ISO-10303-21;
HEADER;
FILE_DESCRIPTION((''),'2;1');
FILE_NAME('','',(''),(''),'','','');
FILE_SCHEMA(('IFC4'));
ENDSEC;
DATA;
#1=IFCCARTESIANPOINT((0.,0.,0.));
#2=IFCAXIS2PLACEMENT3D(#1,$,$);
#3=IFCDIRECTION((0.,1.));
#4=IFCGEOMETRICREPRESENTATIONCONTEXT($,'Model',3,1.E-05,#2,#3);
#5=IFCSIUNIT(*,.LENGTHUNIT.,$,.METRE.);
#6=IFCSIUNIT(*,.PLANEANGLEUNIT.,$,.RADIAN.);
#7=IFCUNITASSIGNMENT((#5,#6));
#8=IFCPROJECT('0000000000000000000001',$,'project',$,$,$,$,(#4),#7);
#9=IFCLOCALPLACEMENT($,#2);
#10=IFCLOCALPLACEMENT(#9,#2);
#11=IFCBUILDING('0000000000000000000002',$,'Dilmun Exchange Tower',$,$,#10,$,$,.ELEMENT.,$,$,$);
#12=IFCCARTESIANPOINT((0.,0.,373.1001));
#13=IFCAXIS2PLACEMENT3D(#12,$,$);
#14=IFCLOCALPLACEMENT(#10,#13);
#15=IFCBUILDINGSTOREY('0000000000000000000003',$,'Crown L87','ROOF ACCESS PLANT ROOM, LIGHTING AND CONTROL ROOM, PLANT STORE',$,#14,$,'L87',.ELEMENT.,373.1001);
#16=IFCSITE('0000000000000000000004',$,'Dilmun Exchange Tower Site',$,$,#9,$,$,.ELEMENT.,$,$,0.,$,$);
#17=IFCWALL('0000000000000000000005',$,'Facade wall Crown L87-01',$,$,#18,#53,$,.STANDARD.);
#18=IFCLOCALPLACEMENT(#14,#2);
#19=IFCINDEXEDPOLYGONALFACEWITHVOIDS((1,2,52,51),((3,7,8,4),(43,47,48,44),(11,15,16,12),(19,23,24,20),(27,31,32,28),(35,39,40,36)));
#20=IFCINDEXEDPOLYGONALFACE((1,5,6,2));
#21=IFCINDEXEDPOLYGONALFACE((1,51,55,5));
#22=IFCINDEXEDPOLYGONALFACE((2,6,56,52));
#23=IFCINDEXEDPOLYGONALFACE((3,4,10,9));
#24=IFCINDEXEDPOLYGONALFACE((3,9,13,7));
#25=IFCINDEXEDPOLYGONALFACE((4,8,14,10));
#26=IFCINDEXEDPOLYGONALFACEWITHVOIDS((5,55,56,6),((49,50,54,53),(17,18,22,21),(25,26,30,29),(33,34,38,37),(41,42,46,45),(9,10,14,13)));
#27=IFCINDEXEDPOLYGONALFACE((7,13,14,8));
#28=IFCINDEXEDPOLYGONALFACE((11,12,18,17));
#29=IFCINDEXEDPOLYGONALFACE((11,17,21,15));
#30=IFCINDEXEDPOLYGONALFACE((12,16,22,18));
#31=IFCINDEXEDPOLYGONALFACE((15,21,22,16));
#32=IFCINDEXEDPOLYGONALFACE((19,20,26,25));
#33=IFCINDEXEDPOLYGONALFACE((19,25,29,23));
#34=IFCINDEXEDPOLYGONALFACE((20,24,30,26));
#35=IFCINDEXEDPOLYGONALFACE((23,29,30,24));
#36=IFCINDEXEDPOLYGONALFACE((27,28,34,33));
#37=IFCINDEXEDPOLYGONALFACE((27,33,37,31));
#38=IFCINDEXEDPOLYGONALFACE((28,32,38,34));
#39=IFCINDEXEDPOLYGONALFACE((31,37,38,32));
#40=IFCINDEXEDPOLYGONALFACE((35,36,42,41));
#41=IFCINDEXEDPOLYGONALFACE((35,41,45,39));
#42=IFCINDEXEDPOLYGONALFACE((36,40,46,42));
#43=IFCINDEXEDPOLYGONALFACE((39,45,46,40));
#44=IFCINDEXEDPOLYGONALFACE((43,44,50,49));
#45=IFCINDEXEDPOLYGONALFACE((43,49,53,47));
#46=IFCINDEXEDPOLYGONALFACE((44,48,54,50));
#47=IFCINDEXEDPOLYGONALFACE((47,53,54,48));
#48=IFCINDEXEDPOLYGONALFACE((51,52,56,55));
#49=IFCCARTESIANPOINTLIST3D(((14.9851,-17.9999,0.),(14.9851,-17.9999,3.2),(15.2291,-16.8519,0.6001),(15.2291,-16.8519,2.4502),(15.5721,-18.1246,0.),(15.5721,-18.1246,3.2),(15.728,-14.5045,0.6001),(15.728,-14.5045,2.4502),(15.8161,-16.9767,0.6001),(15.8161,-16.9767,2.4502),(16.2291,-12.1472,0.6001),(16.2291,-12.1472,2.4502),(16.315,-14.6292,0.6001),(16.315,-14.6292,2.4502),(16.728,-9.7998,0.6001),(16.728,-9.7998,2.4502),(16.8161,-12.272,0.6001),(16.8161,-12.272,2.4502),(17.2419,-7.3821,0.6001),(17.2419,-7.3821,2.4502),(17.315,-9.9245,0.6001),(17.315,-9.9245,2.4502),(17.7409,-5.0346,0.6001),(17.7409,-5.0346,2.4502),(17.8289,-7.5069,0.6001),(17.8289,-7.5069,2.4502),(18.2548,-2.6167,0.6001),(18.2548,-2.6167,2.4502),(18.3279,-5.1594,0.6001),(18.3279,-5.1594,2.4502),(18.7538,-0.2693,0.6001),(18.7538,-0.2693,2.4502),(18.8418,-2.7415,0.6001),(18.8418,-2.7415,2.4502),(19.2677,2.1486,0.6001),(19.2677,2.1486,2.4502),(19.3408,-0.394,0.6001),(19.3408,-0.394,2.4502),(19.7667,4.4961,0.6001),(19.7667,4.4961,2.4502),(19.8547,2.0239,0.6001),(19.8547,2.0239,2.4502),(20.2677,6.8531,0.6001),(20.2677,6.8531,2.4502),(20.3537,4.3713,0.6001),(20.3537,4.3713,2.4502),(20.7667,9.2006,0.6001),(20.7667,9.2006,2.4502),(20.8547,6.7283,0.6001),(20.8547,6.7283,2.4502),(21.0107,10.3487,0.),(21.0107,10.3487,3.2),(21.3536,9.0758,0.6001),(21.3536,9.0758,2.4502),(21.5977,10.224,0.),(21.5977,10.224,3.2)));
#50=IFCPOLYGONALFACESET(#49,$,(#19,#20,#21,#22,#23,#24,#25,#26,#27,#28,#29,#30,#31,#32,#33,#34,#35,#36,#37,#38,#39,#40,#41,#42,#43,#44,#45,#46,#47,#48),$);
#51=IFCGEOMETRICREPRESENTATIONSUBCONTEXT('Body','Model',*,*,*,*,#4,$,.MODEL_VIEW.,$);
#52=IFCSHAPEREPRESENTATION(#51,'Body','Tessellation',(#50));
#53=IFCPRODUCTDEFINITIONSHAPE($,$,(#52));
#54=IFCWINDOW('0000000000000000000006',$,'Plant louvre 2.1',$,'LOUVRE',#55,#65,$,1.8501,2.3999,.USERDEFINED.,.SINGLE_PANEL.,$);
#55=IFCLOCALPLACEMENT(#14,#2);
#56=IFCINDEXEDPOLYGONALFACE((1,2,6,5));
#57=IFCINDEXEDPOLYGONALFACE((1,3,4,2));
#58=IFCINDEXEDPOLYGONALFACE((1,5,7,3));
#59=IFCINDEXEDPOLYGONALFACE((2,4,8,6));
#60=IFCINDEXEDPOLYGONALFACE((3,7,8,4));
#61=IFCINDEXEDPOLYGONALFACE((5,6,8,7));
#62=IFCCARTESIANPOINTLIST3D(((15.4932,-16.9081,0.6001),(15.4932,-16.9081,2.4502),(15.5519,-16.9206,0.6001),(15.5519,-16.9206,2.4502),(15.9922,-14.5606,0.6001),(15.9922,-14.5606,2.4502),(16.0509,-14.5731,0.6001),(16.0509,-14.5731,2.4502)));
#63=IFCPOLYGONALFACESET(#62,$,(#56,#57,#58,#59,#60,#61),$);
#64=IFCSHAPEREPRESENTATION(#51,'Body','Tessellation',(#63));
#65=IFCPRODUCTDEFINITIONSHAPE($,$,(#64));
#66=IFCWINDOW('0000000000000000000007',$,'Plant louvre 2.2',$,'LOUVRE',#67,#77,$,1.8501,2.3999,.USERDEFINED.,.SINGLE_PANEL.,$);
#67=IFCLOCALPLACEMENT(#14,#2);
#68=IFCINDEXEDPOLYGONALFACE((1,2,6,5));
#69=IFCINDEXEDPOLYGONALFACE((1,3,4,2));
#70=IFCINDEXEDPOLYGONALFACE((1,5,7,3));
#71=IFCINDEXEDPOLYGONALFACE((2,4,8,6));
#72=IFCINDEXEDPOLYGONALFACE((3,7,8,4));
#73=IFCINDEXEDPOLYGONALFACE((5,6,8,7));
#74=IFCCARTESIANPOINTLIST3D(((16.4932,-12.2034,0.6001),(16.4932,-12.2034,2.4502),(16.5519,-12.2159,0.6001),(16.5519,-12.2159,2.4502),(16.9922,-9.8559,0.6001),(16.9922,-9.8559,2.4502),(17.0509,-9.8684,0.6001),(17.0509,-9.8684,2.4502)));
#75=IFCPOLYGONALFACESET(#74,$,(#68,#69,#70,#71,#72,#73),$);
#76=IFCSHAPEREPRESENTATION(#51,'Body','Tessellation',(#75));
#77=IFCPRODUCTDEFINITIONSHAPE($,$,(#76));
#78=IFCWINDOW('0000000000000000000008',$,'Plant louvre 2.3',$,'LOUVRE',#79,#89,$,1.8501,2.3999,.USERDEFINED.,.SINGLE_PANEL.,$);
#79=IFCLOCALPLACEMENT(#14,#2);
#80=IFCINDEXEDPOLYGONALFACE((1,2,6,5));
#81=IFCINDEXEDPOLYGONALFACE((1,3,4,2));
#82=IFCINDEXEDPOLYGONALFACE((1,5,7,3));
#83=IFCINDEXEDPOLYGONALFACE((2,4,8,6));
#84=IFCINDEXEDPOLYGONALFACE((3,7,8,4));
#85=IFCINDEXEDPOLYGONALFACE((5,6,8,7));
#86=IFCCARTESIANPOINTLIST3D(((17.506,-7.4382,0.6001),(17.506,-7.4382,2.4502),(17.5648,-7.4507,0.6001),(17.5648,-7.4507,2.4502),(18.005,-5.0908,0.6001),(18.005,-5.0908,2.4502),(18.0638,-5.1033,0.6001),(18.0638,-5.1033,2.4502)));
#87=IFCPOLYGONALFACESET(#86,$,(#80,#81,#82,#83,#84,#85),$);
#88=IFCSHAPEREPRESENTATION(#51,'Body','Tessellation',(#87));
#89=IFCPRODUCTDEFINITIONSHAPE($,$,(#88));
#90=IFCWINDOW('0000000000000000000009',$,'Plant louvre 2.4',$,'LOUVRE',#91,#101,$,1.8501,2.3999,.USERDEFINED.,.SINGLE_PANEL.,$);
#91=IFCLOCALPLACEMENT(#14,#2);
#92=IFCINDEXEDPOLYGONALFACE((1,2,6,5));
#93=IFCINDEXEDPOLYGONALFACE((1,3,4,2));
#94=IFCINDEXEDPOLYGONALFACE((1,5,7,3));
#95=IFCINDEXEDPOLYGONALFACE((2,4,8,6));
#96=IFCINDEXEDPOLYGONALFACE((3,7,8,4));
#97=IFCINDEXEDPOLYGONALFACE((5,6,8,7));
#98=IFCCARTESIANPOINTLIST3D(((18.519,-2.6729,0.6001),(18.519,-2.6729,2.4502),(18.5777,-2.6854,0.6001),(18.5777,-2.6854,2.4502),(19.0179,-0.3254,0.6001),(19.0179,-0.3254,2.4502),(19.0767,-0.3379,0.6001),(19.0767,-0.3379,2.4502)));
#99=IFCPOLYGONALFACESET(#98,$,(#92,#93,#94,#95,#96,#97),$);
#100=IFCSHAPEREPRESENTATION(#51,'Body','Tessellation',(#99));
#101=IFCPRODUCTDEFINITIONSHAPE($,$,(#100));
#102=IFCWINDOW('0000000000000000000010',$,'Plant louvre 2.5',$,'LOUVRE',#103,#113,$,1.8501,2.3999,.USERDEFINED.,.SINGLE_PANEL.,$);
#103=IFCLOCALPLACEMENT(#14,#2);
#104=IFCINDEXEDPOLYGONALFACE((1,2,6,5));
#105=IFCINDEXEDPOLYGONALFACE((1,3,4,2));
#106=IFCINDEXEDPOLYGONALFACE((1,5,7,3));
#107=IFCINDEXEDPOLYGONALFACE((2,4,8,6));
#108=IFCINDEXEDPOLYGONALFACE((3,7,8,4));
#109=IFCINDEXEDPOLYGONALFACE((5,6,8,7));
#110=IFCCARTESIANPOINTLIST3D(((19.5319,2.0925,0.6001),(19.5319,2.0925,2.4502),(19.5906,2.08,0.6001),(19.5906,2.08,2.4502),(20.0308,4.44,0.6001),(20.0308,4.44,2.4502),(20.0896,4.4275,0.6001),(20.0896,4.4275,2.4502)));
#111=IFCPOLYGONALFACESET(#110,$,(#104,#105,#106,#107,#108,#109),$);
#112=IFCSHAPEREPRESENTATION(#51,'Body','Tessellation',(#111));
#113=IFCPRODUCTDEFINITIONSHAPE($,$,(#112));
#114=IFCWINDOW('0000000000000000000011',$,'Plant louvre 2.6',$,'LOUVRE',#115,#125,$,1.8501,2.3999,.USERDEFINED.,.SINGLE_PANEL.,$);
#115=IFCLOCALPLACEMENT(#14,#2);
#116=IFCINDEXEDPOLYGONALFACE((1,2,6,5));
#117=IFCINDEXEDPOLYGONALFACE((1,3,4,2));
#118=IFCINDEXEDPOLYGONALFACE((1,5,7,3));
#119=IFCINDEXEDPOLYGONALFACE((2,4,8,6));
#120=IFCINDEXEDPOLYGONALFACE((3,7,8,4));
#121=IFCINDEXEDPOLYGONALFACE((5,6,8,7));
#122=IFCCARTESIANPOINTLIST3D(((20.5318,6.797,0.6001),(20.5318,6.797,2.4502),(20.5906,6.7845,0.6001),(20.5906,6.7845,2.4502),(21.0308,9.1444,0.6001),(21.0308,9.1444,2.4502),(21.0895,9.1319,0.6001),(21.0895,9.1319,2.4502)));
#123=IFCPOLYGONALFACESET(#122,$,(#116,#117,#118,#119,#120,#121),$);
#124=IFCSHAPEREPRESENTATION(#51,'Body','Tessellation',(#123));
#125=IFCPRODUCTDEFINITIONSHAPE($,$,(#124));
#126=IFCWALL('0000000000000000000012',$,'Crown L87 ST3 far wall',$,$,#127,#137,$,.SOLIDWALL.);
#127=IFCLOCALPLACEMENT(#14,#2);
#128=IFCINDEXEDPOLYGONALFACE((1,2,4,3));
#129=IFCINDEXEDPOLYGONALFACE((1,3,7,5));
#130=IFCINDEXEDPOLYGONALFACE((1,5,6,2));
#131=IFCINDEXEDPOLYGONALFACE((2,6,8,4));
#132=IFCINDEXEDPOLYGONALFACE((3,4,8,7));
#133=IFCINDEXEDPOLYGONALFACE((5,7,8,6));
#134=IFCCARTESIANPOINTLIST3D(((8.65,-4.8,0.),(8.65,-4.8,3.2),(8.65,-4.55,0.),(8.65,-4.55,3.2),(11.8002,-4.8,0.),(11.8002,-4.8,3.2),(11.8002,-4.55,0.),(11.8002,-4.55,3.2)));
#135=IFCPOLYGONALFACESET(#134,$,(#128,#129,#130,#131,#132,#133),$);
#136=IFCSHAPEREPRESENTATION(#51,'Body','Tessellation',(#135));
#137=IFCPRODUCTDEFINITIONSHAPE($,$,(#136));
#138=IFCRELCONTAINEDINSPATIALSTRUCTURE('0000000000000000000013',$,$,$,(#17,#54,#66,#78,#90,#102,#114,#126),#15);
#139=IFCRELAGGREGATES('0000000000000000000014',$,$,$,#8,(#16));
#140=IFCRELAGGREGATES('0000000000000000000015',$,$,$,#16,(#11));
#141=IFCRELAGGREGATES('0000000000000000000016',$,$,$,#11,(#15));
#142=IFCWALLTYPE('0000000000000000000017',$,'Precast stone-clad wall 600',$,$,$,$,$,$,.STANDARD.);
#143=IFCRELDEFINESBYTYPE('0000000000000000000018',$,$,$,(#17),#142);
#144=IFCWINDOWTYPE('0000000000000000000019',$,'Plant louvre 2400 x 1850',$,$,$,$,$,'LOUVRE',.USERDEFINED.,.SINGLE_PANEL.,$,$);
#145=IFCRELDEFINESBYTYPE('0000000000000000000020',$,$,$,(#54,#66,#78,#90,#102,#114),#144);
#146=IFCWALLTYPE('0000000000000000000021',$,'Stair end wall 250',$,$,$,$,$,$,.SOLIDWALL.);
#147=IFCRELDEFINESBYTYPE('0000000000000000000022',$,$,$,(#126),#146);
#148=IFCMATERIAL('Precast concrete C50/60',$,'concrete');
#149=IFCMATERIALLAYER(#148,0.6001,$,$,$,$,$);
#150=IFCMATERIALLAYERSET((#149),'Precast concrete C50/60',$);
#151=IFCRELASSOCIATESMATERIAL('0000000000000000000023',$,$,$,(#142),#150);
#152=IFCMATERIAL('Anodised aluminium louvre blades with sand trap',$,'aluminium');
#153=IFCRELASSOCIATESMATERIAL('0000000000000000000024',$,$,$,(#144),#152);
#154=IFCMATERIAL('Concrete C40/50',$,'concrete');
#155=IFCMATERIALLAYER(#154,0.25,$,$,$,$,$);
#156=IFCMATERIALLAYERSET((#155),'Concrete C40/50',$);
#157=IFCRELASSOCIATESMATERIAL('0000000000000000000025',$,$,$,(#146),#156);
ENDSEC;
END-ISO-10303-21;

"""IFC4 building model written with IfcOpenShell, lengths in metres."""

from ifc_helpers import new_model, si_unit, direction, frame, frame_2d, origin, place, context, subcontext, project, spatial, rectangle, extrude, material, layer, layer_set, type_object, element, fill, save


model = new_model("IFC4")

# Units and contexts
model_context = context("Model", 3, precision=1e-05, world=origin(), true_north=direction((0.0, 1.0)))
body_context = subcontext(model_context, "Body", "Model", "MODEL_VIEW")
ifc_project = project(units=[si_unit("LENGTHUNIT", "METRE"), si_unit("PLANEANGLEUNIT", "RADIAN")], contexts=[model_context])

# Site, building, storey
site_placement = place(None, origin())
site = spatial("IfcSite", under=ifc_project, at=site_placement, Name="Dilmun Exchange Tower Site", CompositionType="ELEMENT", RefElevation=0.0)
building_placement = place(site_placement, origin())
building = spatial("IfcBuilding", under=site, at=building_placement, Name="Dilmun Exchange Tower", CompositionType="ELEMENT")
storey_placement = place(building_placement, frame((0.0, 0.0, 373.1001)))
storey = spatial("IfcBuildingStorey", under=building, at=storey_placement, Name="Crown L87", Description="ROOF ACCESS PLANT ROOM, LIGHTING AND CONTROL ROOM, PLANT STORE", LongName="L87", CompositionType="ELEMENT", Elevation=373.1001)

# Shared definitions
ifc_material_1 = material(Name="Concrete C40/50", Category="concrete")

# Wall, openings, windows
ifc_material_2 = material(Name="Precast concrete C50/60", Category="concrete")
ifc_layer_1 = layer(ifc_material_2, 0.6001)
ifc_layer_set_1 = layer_set([ifc_layer_1], Name="Precast concrete C50/60")
wall_type_1 = type_object("IfcWallType", Name="Precast stone-clad wall 600", PredefinedType="STANDARD", material=ifc_layer_set_1)
ifc_material_3 = material(Name="Anodised aluminium louvre blades with sand trap", Category="aluminium")
wall_1_placement = place(storey_placement, frame((15.2786, -18.0623, 0.0), z_axis=(0.0, 0.0, 1.0), x_axis=(0.20791, 0.978148, 0.0)))
wall_1 = element("IfcWall", 1, at=wall_1_placement, inside=storey, type_object=wall_type_1, Name="Facade wall Crown L87-01", PredefinedType="STANDARD", context=body_context, shape_type="SweptSolid", body=[
    extrude(rectangle(XDim=28.9819, YDim=0.6001, at=frame_2d((14.491, 0.0))), origin(), (0.0, 0.0, 1.0), 3.2),
])
opening_1_placement = place(wall_1_placement, frame((1.1736, 0.0, 0.6001)))
opening_1 = element("IfcOpeningElement", 2, at=opening_1_placement, cuts=wall_1, PredefinedType="OPENING", context=body_context, shape_type="SweptSolid", body=[
    extrude(rectangle(XDim=2.3999, YDim=1.8501, at=frame_2d((1.2, 0.925))), frame((0.0, 0.3101, 0.0), z_axis=(0.0, -1.0, 0.0), x_axis=(1.0, 0.0, 0.0)), (0.0, 0.0, 1.0), 0.6201),
])
opening_2_placement = place(wall_1_placement, frame((5.9834, 0.0, 0.6001)))
opening_2 = element("IfcOpeningElement", 3, at=opening_2_placement, cuts=wall_1, PredefinedType="OPENING", context=body_context, shape_type="SweptSolid", body=[
    extrude(rectangle(XDim=2.3999, YDim=1.8501, at=frame_2d((1.2, 0.925))), frame((0.0, 0.3101, 0.0), z_axis=(0.0, -1.0, 0.0), x_axis=(1.0, 0.0, 0.0)), (0.0, 0.0, 1.0), 0.6201),
])
opening_3_placement = place(wall_1_placement, frame((10.855, 0.0, 0.6001)))
opening_3 = element("IfcOpeningElement", 4, at=opening_3_placement, cuts=wall_1, PredefinedType="OPENING", context=body_context, shape_type="SweptSolid", body=[
    extrude(rectangle(XDim=2.3999, YDim=1.8501, at=frame_2d((1.2, 0.925))), frame((0.0, 0.3101, 0.0), z_axis=(0.0, -1.0, 0.0), x_axis=(1.0, 0.0, 0.0)), (0.0, 0.0, 1.0), 0.6201),
])
opening_4_placement = place(wall_1_placement, frame((15.7268, 0.0, 0.6001)))
opening_4 = element("IfcOpeningElement", 5, at=opening_4_placement, cuts=wall_1, PredefinedType="OPENING", context=body_context, shape_type="SweptSolid", body=[
    extrude(rectangle(XDim=2.3999, YDim=1.8501, at=frame_2d((1.2, 0.925))), frame((0.0, 0.3101, 0.0), z_axis=(0.0, -1.0, 0.0), x_axis=(1.0, 0.0, 0.0)), (0.0, 0.0, 1.0), 0.6201),
])
opening_5_placement = place(wall_1_placement, frame((20.5986, 0.0, 0.6001)))
opening_5 = element("IfcOpeningElement", 6, at=opening_5_placement, cuts=wall_1, PredefinedType="OPENING", context=body_context, shape_type="SweptSolid", body=[
    extrude(rectangle(XDim=2.3999, YDim=1.8501, at=frame_2d((1.2, 0.925))), frame((0.0, 0.3101, 0.0), z_axis=(0.0, -1.0, 0.0), x_axis=(1.0, 0.0, 0.0)), (0.0, 0.0, 1.0), 0.6201),
])
opening_6_placement = place(wall_1_placement, frame((25.4082, 0.0, 0.6001)))
opening_6 = element("IfcOpeningElement", 7, at=opening_6_placement, cuts=wall_1, PredefinedType="OPENING", context=body_context, shape_type="SweptSolid", body=[
    extrude(rectangle(XDim=2.3999, YDim=1.8501, at=frame_2d((1.2, 0.925))), frame((0.0, 0.3101, 0.0), z_axis=(0.0, -1.0, 0.0), x_axis=(1.0, 0.0, 0.0)), (0.0, 0.0, 1.0), 0.6201),
])
window_type_1 = type_object("IfcWindowType", Name="Plant louvre 2400 x 1850", ElementType="LOUVRE", PartitioningType="SINGLE_PANEL", PredefinedType="USERDEFINED", material=ifc_material_3)
window_1_placement = place(opening_1_placement, origin())
window_1 = element("IfcWindow", 8, at=window_1_placement, inside=storey, type_object=window_type_1, Name="Plant louvre 2.1", ObjectType="LOUVRE", OverallHeight=1.8501, OverallWidth=2.3999, PartitioningType="SINGLE_PANEL", PredefinedType="USERDEFINED", context=body_context, shape_type="SweptSolid", body=[
    extrude(rectangle(XDim=2.3999, YDim=1.8501, at=frame_2d((1.2, 0.925))), frame((0.0, 0.03, 0.0), z_axis=(0.0, -1.0, 0.0), x_axis=(1.0, 0.0, 0.0)), (0.0, 0.0, 1.0), 0.0601),
])
fill(opening_1, window_1)
window_2_placement = place(opening_2_placement, origin())
window_2 = element("IfcWindow", 9, at=window_2_placement, inside=storey, type_object=window_type_1, Name="Plant louvre 2.2", ObjectType="LOUVRE", OverallHeight=1.8501, OverallWidth=2.3999, PartitioningType="SINGLE_PANEL", PredefinedType="USERDEFINED", context=body_context, shape_type="SweptSolid", body=[
    extrude(rectangle(XDim=2.3999, YDim=1.8501, at=frame_2d((1.2, 0.925))), frame((0.0, 0.03, 0.0), z_axis=(0.0, -1.0, 0.0), x_axis=(1.0, 0.0, 0.0)), (0.0, 0.0, 1.0), 0.0601),
])
fill(opening_2, window_2)
window_3_placement = place(opening_3_placement, origin())
window_3 = element("IfcWindow", 10, at=window_3_placement, inside=storey, type_object=window_type_1, Name="Plant louvre 2.3", ObjectType="LOUVRE", OverallHeight=1.8501, OverallWidth=2.3999, PartitioningType="SINGLE_PANEL", PredefinedType="USERDEFINED", context=body_context, shape_type="SweptSolid", body=[
    extrude(rectangle(XDim=2.3999, YDim=1.8501, at=frame_2d((1.2, 0.925))), frame((0.0, 0.03, 0.0), z_axis=(0.0, -1.0, 0.0), x_axis=(1.0, 0.0, 0.0)), (0.0, 0.0, 1.0), 0.0601),
])
fill(opening_3, window_3)
window_4_placement = place(opening_4_placement, origin())
window_4 = element("IfcWindow", 11, at=window_4_placement, inside=storey, type_object=window_type_1, Name="Plant louvre 2.4", ObjectType="LOUVRE", OverallHeight=1.8501, OverallWidth=2.3999, PartitioningType="SINGLE_PANEL", PredefinedType="USERDEFINED", context=body_context, shape_type="SweptSolid", body=[
    extrude(rectangle(XDim=2.3999, YDim=1.8501, at=frame_2d((1.2, 0.925))), frame((0.0, 0.03, 0.0), z_axis=(0.0, -1.0, 0.0), x_axis=(1.0, 0.0, 0.0)), (0.0, 0.0, 1.0), 0.0601),
])
fill(opening_4, window_4)
window_5_placement = place(opening_5_placement, origin())
window_5 = element("IfcWindow", 12, at=window_5_placement, inside=storey, type_object=window_type_1, Name="Plant louvre 2.5", ObjectType="LOUVRE", OverallHeight=1.8501, OverallWidth=2.3999, PartitioningType="SINGLE_PANEL", PredefinedType="USERDEFINED", context=body_context, shape_type="SweptSolid", body=[
    extrude(rectangle(XDim=2.3999, YDim=1.8501, at=frame_2d((1.2, 0.925))), frame((0.0, 0.03, 0.0), z_axis=(0.0, -1.0, 0.0), x_axis=(1.0, 0.0, 0.0)), (0.0, 0.0, 1.0), 0.0601),
])
fill(opening_5, window_5)
window_6_placement = place(opening_6_placement, origin())
window_6 = element("IfcWindow", 13, at=window_6_placement, inside=storey, type_object=window_type_1, Name="Plant louvre 2.6", ObjectType="LOUVRE", OverallHeight=1.8501, OverallWidth=2.3999, PartitioningType="SINGLE_PANEL", PredefinedType="USERDEFINED", context=body_context, shape_type="SweptSolid", body=[
    extrude(rectangle(XDim=2.3999, YDim=1.8501, at=frame_2d((1.2, 0.925))), frame((0.0, 0.03, 0.0), z_axis=(0.0, -1.0, 0.0), x_axis=(1.0, 0.0, 0.0)), (0.0, 0.0, 1.0), 0.0601),
])
fill(opening_6, window_6)

# Wall
ifc_layer_2 = layer(ifc_material_1, 0.25)
ifc_layer_set_2 = layer_set([ifc_layer_2], Name="Concrete C40/50")
wall_type_2 = type_object("IfcWallType", Name="Stair end wall 250", PredefinedType="SOLIDWALL", material=ifc_layer_set_2)
wall_2_placement = place(storey_placement, frame((8.6499, -4.675, 0.0), z_axis=(0.0, 0.0, 1.0), x_axis=(1.0, 0.0, 0.0)))
element("IfcWall", 14, at=wall_2_placement, inside=storey, type_object=wall_type_2, Name="Crown L87 ST3 far wall", PredefinedType="SOLIDWALL", context=body_context, shape_type="SweptSolid", body=[
    extrude(rectangle(XDim=3.1501, YDim=0.25, at=frame_2d((1.5752, 0.0))), origin(), (0.0, 0.0, 1.0), 3.2),
])

save(model, "model.ifc")
